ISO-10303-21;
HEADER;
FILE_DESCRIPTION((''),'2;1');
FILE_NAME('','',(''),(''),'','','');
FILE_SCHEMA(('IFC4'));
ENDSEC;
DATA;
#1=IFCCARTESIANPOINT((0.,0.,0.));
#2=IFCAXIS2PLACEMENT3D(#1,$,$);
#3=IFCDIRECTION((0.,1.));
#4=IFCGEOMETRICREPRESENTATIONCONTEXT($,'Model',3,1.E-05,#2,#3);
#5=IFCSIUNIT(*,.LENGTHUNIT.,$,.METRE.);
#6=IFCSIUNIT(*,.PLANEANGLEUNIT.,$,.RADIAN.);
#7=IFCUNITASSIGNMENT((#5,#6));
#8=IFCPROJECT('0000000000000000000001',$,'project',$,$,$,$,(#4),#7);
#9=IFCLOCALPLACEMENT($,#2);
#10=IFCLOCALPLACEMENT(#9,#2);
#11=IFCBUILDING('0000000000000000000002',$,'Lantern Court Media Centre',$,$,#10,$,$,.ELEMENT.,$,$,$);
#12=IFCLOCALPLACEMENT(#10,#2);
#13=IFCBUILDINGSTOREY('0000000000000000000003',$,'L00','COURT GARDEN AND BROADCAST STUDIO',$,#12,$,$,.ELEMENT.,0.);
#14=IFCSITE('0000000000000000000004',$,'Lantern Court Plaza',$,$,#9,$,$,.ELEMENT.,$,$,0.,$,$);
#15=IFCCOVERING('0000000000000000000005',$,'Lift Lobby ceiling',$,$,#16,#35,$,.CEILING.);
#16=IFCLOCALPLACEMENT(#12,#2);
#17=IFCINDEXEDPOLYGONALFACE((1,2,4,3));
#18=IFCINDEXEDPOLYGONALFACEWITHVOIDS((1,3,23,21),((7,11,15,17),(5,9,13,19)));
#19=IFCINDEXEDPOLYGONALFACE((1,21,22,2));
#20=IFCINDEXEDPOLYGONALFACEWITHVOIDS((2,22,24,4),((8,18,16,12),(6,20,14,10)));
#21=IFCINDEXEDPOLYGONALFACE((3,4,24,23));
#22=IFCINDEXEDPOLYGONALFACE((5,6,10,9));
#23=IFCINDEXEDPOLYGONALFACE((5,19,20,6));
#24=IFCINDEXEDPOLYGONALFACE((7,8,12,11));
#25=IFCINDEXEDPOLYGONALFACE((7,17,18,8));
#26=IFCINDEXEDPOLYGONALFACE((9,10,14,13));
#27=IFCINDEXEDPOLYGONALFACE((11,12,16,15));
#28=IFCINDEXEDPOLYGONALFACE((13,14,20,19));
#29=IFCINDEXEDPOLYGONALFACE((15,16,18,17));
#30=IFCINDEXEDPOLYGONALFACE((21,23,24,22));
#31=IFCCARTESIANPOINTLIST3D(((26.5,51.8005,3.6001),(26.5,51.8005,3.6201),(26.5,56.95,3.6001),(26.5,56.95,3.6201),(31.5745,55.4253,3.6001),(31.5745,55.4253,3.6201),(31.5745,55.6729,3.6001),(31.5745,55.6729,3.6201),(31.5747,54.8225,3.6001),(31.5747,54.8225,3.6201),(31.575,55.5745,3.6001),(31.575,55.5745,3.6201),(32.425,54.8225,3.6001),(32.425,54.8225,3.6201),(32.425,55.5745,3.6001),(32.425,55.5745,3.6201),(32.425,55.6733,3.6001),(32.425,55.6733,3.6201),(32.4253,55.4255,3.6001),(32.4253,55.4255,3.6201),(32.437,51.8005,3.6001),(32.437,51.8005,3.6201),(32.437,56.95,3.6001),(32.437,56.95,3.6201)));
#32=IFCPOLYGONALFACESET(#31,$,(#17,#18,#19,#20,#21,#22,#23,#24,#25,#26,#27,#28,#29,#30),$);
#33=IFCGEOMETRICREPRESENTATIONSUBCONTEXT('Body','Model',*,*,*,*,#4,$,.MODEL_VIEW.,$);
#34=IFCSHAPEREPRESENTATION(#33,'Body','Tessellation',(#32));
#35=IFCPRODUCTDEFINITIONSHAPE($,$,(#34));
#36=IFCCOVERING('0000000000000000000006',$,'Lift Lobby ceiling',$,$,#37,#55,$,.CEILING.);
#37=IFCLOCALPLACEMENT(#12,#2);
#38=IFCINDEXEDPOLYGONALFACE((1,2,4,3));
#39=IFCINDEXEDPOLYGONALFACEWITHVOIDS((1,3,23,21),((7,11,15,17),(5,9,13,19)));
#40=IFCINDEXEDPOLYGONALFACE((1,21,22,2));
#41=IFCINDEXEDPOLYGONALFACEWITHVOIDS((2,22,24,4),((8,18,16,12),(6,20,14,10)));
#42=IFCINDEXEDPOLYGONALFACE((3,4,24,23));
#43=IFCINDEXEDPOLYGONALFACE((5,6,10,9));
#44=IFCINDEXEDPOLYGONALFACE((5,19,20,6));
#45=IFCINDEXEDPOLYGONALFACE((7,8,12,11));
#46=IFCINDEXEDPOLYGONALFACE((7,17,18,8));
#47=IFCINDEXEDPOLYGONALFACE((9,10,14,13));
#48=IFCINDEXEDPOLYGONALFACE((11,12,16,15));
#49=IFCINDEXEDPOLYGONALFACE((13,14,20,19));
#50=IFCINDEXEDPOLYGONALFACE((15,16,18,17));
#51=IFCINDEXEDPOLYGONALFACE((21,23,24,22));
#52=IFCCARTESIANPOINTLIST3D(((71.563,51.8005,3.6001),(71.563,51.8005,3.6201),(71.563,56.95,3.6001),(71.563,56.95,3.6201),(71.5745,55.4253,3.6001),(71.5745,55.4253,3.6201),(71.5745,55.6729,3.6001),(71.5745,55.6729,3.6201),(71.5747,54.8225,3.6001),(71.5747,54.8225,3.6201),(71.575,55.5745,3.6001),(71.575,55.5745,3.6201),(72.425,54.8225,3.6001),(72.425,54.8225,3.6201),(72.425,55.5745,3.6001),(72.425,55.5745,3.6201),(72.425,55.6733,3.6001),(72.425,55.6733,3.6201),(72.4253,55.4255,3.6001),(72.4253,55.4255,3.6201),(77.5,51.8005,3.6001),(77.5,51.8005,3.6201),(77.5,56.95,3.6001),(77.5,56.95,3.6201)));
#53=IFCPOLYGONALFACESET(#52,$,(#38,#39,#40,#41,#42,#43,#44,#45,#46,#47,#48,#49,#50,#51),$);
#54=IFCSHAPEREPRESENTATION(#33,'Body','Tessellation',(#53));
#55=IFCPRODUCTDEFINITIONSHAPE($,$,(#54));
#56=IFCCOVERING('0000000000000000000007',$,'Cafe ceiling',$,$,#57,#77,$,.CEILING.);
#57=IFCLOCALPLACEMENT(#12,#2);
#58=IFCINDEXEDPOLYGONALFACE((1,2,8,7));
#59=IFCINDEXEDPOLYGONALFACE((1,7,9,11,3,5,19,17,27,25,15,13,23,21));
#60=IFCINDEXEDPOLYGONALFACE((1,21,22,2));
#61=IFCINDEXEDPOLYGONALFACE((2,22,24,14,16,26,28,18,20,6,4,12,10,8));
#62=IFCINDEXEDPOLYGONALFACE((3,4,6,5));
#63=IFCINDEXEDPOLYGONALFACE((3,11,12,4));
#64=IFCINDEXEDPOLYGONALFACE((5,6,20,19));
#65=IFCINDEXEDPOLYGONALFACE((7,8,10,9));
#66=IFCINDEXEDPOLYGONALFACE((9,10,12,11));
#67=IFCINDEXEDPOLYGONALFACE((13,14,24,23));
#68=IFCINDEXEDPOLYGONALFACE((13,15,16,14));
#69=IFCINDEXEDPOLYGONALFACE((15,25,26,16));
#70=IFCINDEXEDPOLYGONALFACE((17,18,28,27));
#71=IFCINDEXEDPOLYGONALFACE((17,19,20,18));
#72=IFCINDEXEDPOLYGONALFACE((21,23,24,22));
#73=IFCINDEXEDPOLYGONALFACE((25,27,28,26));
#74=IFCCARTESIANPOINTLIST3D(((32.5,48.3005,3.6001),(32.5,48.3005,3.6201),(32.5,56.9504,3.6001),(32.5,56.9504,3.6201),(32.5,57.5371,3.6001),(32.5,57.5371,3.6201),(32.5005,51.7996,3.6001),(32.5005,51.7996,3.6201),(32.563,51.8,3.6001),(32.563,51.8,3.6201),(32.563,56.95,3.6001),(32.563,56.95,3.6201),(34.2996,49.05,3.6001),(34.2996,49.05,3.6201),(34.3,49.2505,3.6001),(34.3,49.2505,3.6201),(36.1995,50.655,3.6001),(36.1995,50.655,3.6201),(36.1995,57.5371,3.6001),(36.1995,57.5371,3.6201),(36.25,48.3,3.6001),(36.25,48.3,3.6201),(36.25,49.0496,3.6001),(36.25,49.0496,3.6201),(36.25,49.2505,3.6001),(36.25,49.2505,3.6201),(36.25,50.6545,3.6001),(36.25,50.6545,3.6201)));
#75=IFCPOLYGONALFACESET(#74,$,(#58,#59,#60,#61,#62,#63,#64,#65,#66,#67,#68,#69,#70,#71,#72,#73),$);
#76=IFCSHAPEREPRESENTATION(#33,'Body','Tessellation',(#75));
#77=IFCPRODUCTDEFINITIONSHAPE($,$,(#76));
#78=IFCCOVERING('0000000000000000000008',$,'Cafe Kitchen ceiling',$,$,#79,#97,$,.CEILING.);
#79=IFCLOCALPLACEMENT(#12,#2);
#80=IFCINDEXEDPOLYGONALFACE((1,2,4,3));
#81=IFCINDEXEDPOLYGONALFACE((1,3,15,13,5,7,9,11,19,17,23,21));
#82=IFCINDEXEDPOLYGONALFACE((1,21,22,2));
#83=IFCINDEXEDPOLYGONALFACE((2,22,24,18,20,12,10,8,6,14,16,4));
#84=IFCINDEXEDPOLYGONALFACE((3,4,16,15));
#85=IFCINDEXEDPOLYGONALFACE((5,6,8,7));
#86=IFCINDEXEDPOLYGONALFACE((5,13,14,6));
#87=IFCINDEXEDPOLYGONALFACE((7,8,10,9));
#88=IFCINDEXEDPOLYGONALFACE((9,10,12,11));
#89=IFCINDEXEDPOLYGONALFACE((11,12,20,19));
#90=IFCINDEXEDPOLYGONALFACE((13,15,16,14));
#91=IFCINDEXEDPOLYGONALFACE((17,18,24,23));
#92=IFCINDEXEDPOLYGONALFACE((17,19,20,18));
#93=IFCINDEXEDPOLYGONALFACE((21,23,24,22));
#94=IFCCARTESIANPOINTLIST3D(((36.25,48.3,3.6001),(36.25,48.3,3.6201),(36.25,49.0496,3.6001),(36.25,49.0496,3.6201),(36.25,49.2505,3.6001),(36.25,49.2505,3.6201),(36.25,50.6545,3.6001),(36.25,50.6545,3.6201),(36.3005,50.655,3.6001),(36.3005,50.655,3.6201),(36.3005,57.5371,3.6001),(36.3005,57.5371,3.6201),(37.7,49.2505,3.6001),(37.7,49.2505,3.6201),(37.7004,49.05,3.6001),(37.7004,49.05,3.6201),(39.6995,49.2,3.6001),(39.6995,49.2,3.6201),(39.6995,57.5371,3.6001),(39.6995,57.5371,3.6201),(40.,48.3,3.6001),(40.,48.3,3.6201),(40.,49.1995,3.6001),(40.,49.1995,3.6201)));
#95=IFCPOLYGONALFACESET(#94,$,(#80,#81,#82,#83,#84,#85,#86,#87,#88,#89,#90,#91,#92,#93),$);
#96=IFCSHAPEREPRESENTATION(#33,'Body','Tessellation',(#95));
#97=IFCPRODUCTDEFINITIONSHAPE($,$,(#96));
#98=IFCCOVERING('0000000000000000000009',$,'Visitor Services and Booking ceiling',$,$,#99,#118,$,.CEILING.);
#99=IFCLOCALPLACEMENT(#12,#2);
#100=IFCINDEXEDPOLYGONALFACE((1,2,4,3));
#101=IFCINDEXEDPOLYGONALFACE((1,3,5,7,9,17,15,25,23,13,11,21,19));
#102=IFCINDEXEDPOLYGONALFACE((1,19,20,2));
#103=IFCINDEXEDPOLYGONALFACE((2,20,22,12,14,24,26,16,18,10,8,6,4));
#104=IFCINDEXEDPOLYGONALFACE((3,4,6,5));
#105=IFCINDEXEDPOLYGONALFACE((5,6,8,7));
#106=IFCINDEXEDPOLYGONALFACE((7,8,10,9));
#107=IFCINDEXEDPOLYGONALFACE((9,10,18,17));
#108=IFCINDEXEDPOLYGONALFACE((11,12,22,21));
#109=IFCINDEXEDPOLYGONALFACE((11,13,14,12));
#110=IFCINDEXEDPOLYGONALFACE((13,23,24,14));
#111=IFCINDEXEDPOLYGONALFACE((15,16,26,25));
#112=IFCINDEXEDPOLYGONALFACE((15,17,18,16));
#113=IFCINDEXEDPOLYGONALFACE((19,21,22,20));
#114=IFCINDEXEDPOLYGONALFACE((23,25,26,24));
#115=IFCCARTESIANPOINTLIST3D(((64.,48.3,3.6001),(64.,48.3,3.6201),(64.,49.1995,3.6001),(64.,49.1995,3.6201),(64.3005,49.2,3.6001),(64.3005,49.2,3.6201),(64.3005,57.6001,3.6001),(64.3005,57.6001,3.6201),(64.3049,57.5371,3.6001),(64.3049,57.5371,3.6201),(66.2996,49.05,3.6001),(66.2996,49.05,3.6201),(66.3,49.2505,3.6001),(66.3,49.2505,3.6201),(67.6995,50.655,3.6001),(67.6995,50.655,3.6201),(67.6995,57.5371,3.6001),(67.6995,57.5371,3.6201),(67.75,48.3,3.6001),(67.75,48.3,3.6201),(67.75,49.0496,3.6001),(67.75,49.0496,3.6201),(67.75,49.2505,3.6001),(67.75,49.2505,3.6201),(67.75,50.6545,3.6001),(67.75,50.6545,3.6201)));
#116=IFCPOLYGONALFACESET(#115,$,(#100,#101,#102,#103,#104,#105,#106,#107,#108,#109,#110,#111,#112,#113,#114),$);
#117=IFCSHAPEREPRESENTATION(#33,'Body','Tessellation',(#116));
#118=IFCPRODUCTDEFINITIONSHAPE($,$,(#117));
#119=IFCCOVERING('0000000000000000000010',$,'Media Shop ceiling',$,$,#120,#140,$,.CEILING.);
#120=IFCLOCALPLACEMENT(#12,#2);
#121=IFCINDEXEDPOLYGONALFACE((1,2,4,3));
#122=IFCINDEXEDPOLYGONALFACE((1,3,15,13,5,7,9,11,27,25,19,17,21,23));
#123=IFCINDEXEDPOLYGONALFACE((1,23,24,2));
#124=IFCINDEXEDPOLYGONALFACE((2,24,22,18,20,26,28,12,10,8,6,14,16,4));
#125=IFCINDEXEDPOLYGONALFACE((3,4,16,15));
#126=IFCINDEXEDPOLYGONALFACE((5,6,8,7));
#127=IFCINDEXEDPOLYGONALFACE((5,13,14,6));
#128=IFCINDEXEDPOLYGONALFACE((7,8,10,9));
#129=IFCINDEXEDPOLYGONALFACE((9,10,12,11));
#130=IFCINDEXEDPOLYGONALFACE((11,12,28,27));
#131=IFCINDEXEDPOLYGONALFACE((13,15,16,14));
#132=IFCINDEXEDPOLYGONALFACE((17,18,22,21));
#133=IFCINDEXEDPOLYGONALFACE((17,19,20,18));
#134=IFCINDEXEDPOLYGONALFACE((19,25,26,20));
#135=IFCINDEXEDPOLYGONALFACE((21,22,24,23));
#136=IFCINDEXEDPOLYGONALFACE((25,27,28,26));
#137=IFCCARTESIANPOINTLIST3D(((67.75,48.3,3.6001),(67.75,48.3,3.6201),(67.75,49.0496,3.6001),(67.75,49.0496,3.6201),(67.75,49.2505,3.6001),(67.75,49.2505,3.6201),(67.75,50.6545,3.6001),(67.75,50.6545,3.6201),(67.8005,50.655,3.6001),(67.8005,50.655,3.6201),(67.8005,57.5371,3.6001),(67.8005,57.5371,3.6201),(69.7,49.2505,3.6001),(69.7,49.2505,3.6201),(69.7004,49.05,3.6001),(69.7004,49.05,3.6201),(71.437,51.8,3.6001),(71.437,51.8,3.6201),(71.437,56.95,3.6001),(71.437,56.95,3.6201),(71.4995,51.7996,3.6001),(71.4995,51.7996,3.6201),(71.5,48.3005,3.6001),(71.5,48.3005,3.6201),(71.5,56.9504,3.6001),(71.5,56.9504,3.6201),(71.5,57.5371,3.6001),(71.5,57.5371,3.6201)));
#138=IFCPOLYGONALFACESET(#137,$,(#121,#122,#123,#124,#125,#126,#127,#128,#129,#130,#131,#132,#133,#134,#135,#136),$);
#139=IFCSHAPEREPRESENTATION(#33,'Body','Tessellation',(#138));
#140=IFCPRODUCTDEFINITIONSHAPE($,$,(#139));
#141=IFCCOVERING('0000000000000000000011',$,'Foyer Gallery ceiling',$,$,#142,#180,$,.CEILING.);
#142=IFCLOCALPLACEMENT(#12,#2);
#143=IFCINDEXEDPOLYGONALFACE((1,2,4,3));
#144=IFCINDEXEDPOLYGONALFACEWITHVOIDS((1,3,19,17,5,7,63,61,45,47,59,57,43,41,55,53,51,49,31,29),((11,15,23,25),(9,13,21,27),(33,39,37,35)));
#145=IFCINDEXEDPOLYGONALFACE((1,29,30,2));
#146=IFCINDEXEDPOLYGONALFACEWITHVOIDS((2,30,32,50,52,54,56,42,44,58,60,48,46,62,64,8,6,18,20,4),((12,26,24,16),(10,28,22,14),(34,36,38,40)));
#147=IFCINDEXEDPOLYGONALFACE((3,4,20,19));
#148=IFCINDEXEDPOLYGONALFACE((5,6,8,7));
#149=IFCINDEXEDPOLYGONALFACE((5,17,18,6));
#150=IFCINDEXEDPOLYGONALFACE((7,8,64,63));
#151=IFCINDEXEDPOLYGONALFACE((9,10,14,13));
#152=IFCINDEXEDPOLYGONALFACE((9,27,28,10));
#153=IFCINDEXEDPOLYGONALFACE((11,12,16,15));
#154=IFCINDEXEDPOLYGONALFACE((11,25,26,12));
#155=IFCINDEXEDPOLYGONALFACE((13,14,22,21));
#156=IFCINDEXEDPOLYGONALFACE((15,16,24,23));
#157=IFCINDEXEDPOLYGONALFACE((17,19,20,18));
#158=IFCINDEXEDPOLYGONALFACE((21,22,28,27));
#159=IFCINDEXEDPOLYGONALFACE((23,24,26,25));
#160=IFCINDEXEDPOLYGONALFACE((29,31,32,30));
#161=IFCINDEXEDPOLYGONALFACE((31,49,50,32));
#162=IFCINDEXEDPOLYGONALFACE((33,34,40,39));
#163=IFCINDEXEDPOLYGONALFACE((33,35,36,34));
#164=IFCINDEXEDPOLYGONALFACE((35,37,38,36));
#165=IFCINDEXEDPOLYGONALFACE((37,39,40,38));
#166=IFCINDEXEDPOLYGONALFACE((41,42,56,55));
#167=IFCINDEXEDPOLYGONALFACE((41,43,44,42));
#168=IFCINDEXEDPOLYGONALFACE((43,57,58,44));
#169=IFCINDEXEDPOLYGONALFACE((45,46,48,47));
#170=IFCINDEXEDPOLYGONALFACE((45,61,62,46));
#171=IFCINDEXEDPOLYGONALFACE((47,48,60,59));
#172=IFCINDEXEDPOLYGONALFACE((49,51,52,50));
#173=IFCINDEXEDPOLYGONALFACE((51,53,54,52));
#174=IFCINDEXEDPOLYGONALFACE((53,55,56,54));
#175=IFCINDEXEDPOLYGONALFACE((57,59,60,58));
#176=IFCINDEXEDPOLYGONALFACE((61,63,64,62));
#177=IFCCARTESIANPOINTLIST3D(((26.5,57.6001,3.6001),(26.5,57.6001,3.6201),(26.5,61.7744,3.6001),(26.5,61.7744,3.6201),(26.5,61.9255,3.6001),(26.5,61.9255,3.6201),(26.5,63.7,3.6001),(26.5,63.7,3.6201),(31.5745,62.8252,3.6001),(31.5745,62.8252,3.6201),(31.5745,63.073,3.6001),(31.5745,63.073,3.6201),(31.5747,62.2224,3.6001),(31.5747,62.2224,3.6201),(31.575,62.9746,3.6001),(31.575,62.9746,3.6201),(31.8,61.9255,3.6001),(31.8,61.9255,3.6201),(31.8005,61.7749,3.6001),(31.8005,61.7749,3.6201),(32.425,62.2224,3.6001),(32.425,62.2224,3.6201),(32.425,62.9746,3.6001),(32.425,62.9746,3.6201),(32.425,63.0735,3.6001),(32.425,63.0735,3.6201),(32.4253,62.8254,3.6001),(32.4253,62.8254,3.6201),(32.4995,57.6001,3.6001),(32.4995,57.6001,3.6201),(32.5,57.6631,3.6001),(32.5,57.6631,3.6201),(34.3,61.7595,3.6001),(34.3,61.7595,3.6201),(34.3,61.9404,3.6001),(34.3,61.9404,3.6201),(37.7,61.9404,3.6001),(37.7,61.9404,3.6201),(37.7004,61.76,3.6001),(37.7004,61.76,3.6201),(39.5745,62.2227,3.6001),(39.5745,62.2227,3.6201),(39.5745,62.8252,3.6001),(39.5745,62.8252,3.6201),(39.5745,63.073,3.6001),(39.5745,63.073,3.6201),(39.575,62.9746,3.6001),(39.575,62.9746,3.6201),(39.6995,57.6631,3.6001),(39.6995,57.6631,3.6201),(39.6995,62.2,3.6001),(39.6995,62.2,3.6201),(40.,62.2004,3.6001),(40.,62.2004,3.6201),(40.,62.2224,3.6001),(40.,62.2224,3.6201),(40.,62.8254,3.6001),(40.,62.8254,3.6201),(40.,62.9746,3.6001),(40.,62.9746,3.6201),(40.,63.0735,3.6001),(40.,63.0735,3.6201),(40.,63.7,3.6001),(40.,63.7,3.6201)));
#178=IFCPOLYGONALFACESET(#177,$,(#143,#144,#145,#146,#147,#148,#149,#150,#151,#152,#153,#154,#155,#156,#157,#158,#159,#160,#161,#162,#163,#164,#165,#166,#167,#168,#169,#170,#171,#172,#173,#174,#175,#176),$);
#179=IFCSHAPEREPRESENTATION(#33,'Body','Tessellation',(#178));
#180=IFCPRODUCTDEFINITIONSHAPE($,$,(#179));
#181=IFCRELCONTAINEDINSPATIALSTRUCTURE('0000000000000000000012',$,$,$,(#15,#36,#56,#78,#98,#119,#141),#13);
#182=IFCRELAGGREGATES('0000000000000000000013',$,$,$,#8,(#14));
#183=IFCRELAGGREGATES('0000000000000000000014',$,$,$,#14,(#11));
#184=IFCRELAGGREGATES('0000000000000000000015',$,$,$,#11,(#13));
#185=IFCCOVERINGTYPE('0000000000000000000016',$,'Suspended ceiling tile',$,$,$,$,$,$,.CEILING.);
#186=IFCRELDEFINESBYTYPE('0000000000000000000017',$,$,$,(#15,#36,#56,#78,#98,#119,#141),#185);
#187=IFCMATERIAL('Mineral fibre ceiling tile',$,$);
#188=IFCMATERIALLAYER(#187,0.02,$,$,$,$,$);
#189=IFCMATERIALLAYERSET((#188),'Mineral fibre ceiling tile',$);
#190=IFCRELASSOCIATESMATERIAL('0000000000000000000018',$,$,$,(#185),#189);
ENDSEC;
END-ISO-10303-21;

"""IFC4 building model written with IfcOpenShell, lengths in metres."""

from ifc_helpers import new_model, si_unit, direction, frame, origin, place, context, subcontext, project, spatial, polyline, outline, extrude, material, layer, layer_set, type_object, element, save


model = new_model("IFC4")

# Units and contexts
model_context = context("Model", 3, precision=1e-05, world=origin(), true_north=direction((0.0, 1.0)))
body_context = subcontext(model_context, "Body", "Model", "MODEL_VIEW")
ifc_project = project(units=[si_unit("LENGTHUNIT", "METRE"), si_unit("PLANEANGLEUNIT", "RADIAN")], contexts=[model_context])

# Site, building, storey
site_placement = place(None, origin())
site = spatial("IfcSite", under=ifc_project, at=site_placement, Name="Lantern Court Plaza", CompositionType="ELEMENT", RefElevation=0.0)
building_placement = place(site_placement, origin())
building = spatial("IfcBuilding", under=site, at=building_placement, Name="Lantern Court Media Centre", CompositionType="ELEMENT")
storey_placement = place(building_placement, origin())
storey = spatial("IfcBuildingStorey", under=building, at=storey_placement, Name="L00", Description="COURT GARDEN AND BROADCAST STUDIO", CompositionType="ELEMENT", Elevation=0.0)

# Coverings
ifc_material_1 = material(Name="Mineral fibre ceiling tile")
ifc_layer_1 = layer(ifc_material_1, 0.02)
ifc_layer_set_1 = layer_set([ifc_layer_1], Name="Mineral fibre ceiling tile")
covering_type = type_object("IfcCoveringType", Name="Suspended ceiling tile", PredefinedType="CEILING", material=ifc_layer_set_1)
covering_1_placement = place(storey_placement, frame((0.0, 0.0, 3.6001)))
element("IfcCovering", 1, at=covering_1_placement, inside=storey, type_object=covering_type, Name="Lift Lobby ceiling", PredefinedType="CEILING", context=body_context, shape_type="SweptSolid", body=[
    extrude(outline(polyline([(26.5, 56.95), (32.437, 56.95), (32.437, 51.8005), (26.5, 51.8005), (26.5, 56.95)]), holes=[polyline([(32.425, 54.8225), (32.4253, 55.4255), (31.5745, 55.4253), (31.5747, 54.8225), (32.425, 54.8225)]), polyline([(32.425, 55.5745), (32.425, 55.6733), (31.5745, 55.6729), (31.575, 55.5745), (32.425, 55.5745)])]), origin(), (0.0, 0.0, 1.0), 0.02),
])
covering_2_placement = place(storey_placement, frame((0.0, 0.0, 3.6001)))
element("IfcCovering", 2, at=covering_2_placement, inside=storey, type_object=covering_type, Name="Lift Lobby ceiling", PredefinedType="CEILING", context=body_context, shape_type="SweptSolid", body=[
    extrude(outline(polyline([(77.5, 56.95), (77.5, 51.8005), (71.563, 51.8005), (71.563, 56.95), (77.5, 56.95)]), holes=[polyline([(72.425, 55.5745), (72.425, 55.6733), (71.5745, 55.6729), (71.575, 55.5745), (72.425, 55.5745)]), polyline([(72.425, 54.8225), (72.4253, 55.4255), (71.5745, 55.4253), (71.5747, 54.8225), (72.425, 54.8225)])]), origin(), (0.0, 0.0, 1.0), 0.02),
])
covering_3_placement = place(storey_placement, frame((0.0, 0.0, 3.6001)))
element("IfcCovering", 3, at=covering_3_placement, inside=storey, type_object=covering_type, Name="Cafe ceiling", PredefinedType="CEILING", context=body_context, shape_type="SweptSolid", body=[
    extrude(outline(polyline([(36.25, 48.3), (32.5, 48.3005), (32.5005, 51.7996), (32.563, 51.8), (32.563, 56.95), (32.5, 56.9504), (32.5, 57.5371), (36.1995, 57.5371), (36.1995, 50.655), (36.25, 50.6545), (36.25, 49.2505), (34.3, 49.2505), (34.2996, 49.05), (36.25, 49.0496), (36.25, 48.3)])), origin(), (0.0, 0.0, 1.0), 0.02),
])
covering_4_placement = place(storey_placement, frame((0.0, 0.0, 3.6001)))
element("IfcCovering", 4, at=covering_4_placement, inside=storey, type_object=covering_type, Name="Cafe Kitchen ceiling", PredefinedType="CEILING", context=body_context, shape_type="SweptSolid", body=[
    extrude(outline(polyline([(40.0, 48.3), (36.25, 48.3), (36.25, 49.0496), (37.7004, 49.05), (37.7, 49.2505), (36.25, 49.2505), (36.25, 50.6545), (36.3005, 50.655), (36.3005, 57.5371), (39.6995, 57.5371), (39.6995, 49.2), (40.0, 49.1995), (40.0, 48.3)])), origin(), (0.0, 0.0, 1.0), 0.02),
])
covering_5_placement = place(storey_placement, frame((0.0, 0.0, 3.6001)))
element("IfcCovering", 5, at=covering_5_placement, inside=storey, type_object=covering_type, Name="Visitor Services and Booking ceiling", PredefinedType="CEILING", context=body_context, shape_type="SweptSolid", body=[
    extrude(outline(polyline([(67.75, 48.3), (64.0, 48.3), (64.0, 49.1995), (64.3005, 49.2), (64.3005, 57.6001), (64.3049, 57.5371), (67.6995, 57.5371), (67.6995, 50.655), (67.75, 50.6545), (67.75, 49.2505), (66.3, 49.2505), (66.2996, 49.05), (67.75, 49.0496), (67.75, 48.3)])), origin(), (0.0, 0.0, 1.0), 0.02),
])
covering_6_placement = place(storey_placement, frame((0.0, 0.0, 3.6001)))
element("IfcCovering", 6, at=covering_6_placement, inside=storey, type_object=covering_type, Name="Media Shop ceiling", PredefinedType="CEILING", context=body_context, shape_type="SweptSolid", body=[
    extrude(outline(polyline([(71.5, 48.3005), (67.75, 48.3), (67.75, 49.0496), (69.7004, 49.05), (69.7, 49.2505), (67.75, 49.2505), (67.75, 50.6545), (67.8005, 50.655), (67.8005, 57.5371), (71.5, 57.5371), (71.5, 56.9504), (71.437, 56.95), (71.437, 51.8), (71.4995, 51.7996), (71.5, 48.3005)])), origin(), (0.0, 0.0, 1.0), 0.02),
])
covering_7_placement = place(storey_placement, frame((0.0, 0.0, 3.6001)))
element("IfcCovering", 7, at=covering_7_placement, inside=storey, type_object=covering_type, Name="Foyer Gallery ceiling", PredefinedType="CEILING", context=body_context, shape_type="SweptSolid", body=[
    extrude(outline(polyline([(40.0, 62.2004), (39.6995, 62.2), (39.6995, 57.6631), (32.5, 57.6631), (32.4995, 57.6001), (26.5, 57.6001), (26.5, 61.7744), (31.8005, 61.7749), (31.8, 61.9255), (26.5, 61.9255), (26.5, 63.7), (40.0, 63.7), (40.0, 63.0735), (39.5745, 63.073), (39.575, 62.9746), (40.0, 62.9746), (40.0, 62.8254), (39.5745, 62.8252), (39.5745, 62.2227), (40.0, 62.2224), (40.0, 62.2004)]), holes=[polyline([(34.3, 61.9404), (34.3, 61.7595), (37.7004, 61.76), (37.7, 61.9404), (34.3, 61.9404)]), polyline([(32.425, 62.2224), (32.4253, 62.8254), (31.5745, 62.8252), (31.5747, 62.2224), (32.425, 62.2224)]), polyline([(32.425, 62.9746), (32.425, 63.0735), (31.5745, 63.073), (31.575, 62.9746), (32.425, 62.9746)])]), origin(), (0.0, 0.0, 1.0), 0.02),
])

save(model, "model.ifc")
